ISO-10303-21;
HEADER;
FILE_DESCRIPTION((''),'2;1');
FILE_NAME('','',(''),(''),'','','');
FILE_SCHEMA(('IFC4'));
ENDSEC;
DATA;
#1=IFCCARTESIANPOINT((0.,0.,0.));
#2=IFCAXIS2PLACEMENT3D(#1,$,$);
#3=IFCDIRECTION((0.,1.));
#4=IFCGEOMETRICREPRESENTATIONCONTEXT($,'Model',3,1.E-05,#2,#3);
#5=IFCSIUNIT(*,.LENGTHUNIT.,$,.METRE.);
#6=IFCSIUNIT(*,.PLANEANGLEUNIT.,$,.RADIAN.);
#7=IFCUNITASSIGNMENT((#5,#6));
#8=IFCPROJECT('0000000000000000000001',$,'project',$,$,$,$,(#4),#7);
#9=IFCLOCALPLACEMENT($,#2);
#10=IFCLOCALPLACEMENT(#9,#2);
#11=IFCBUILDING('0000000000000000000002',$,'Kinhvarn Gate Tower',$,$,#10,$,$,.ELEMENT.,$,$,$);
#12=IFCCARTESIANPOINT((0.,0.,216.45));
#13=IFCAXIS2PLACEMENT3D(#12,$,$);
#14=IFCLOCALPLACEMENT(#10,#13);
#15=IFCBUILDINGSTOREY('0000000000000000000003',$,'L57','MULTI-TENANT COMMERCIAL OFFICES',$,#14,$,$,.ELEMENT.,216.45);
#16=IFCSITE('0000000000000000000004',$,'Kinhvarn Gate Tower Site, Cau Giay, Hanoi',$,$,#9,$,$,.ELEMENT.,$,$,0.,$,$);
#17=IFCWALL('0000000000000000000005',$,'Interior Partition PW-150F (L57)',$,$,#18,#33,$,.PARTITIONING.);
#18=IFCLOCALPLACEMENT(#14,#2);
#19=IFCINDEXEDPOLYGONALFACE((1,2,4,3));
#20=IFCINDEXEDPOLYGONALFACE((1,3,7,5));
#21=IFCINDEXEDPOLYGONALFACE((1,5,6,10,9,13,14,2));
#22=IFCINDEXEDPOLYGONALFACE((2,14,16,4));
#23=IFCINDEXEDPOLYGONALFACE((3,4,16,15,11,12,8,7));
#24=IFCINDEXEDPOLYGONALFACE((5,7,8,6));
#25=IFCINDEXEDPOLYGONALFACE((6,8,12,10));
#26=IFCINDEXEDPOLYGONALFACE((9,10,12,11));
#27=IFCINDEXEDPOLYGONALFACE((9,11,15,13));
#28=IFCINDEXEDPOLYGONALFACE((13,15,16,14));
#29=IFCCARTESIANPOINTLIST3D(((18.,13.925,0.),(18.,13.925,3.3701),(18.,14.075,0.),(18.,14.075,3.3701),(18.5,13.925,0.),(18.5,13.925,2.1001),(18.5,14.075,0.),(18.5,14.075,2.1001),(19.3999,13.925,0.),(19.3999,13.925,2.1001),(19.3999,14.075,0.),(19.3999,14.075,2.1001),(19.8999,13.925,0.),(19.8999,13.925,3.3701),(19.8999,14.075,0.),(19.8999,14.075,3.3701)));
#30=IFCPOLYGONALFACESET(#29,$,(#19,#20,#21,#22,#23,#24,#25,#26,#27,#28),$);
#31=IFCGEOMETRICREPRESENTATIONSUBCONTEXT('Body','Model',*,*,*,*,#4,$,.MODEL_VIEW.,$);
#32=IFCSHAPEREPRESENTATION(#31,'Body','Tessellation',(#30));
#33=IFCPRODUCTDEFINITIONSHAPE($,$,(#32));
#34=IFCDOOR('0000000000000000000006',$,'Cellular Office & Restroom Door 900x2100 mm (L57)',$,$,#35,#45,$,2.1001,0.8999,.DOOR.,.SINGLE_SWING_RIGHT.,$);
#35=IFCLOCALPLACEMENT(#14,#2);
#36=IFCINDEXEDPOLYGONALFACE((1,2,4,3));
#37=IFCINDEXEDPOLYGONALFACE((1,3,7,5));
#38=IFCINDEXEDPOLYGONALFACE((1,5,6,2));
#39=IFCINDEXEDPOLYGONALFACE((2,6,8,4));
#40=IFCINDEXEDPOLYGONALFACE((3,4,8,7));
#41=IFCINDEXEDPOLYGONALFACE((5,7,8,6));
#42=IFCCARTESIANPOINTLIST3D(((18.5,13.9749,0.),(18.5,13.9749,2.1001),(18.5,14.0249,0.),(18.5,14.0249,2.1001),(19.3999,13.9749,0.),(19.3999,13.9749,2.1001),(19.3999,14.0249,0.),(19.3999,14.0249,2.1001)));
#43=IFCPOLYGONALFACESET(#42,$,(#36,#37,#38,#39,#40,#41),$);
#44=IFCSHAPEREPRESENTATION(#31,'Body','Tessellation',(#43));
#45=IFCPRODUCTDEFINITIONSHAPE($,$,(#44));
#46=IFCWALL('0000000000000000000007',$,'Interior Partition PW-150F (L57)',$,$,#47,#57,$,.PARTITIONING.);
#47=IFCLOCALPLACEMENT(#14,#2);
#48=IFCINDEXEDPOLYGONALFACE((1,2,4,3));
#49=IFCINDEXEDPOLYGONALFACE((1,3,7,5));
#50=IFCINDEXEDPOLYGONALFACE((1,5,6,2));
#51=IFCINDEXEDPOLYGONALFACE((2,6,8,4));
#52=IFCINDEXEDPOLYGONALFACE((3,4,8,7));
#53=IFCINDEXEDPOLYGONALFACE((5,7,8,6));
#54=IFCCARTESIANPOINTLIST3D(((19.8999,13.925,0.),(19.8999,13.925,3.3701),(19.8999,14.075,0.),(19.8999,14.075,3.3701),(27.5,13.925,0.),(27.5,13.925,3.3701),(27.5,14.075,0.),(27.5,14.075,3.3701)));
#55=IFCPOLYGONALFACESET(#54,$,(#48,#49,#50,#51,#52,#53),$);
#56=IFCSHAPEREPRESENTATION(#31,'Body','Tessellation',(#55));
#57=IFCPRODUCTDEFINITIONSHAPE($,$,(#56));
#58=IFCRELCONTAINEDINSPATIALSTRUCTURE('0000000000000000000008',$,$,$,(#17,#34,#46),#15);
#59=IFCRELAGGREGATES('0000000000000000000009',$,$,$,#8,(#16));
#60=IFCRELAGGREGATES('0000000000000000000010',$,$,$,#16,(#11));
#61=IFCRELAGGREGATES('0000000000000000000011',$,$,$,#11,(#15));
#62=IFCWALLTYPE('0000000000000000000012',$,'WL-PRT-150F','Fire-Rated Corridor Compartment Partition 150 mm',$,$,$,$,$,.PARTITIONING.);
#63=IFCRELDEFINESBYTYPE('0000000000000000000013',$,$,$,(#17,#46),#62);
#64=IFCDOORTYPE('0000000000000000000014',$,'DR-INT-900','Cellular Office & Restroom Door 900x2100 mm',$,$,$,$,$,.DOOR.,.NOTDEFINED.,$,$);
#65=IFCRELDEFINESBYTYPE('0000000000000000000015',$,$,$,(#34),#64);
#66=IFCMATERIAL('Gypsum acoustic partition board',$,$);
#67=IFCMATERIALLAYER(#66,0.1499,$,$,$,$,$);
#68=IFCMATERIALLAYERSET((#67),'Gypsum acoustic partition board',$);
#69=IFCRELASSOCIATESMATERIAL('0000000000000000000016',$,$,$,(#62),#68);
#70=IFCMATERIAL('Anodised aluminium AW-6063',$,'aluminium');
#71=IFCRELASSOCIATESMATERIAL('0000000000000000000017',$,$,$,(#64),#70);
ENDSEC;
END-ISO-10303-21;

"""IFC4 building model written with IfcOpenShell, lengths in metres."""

from ifc_helpers import new_model, si_unit, direction, frame, frame_2d, origin, place, context, subcontext, project, spatial, rectangle, extrude, material, layer, layer_set, type_object, element, fill, save


model = new_model("IFC4")

# Units and contexts
model_context = context("Model", 3, precision=1e-05, world=origin(), true_north=direction((0.0, 1.0)))
body_context = subcontext(model_context, "Body", "Model", "MODEL_VIEW")
ifc_project = project(units=[si_unit("LENGTHUNIT", "METRE"), si_unit("PLANEANGLEUNIT", "RADIAN")], contexts=[model_context])

# Site, building, storey
site_placement = place(None, origin())
site = spatial("IfcSite", under=ifc_project, at=site_placement, Name="Kinhvarn Gate Tower Site, Cau Giay, Hanoi", CompositionType="ELEMENT", RefElevation=0.0)
building_placement = place(site_placement, origin())
building = spatial("IfcBuilding", under=site, at=building_placement, Name="Kinhvarn Gate Tower", CompositionType="ELEMENT")
storey_placement = place(building_placement, frame((0.0, 0.0, 216.45)))
storey = spatial("IfcBuildingStorey", under=building, at=storey_placement, Name="L57", Description="MULTI-TENANT COMMERCIAL OFFICES", CompositionType="ELEMENT", Elevation=216.45)

# Shared definitions
ifc_material_1 = material(Name="Anodised aluminium AW-6063", Category="aluminium")

# Wall, opening, door
ifc_material_2 = material(Name="Gypsum acoustic partition board")
ifc_layer_1 = layer(ifc_material_2, 0.1499)
ifc_layer_set_1 = layer_set([ifc_layer_1], Name="Gypsum acoustic partition board")
wall_type_1 = type_object("IfcWallType", Name="WL-PRT-150F", Description="Fire-Rated Corridor Compartment Partition 150 mm", PredefinedType="PARTITIONING", material=ifc_layer_set_1)
wall_1_placement = place(storey_placement, frame((18.0, 14.0, 0.0), z_axis=(0.0, 0.0, 1.0), x_axis=(1.0, 0.0, 0.0)))
wall_1 = element("IfcWall", 1, at=wall_1_placement, inside=storey, type_object=wall_type_1, Name="Interior Partition PW-150F (L57)", PredefinedType="PARTITIONING", context=body_context, shape_type="SweptSolid", body=[
    extrude(rectangle(XDim=1.8999, YDim=0.1499, at=frame_2d((0.95, 0.0))), origin(), (0.0, 0.0, 1.0), 3.3701),
])
opening_placement = place(wall_1_placement, frame((0.5, 0.0, 0.0)))
opening = element("IfcOpeningElement", 2, at=opening_placement, cuts=wall_1, PredefinedType="OPENING", context=body_context, shape_type="SweptSolid", body=[
    extrude(rectangle(XDim=0.8999, YDim=2.1001, at=frame_2d((0.45, 1.05))), frame((0.0, 0.085, 0.0), z_axis=(0.0, -1.0, 0.0), x_axis=(1.0, 0.0, 0.0)), (0.0, 0.0, 1.0), 0.1699),
])
door_type = type_object("IfcDoorType", Name="DR-INT-900", Description="Cellular Office & Restroom Door 900x2100 mm", OperationType="NOTDEFINED", PredefinedType="DOOR", material=ifc_material_1)
door_placement = place(opening_placement, origin())
door = element("IfcDoor", 3, at=door_placement, inside=storey, type_object=door_type, Name="Cellular Office & Restroom Door 900x2100 mm (L57)", OperationType="SINGLE_SWING_RIGHT", OverallHeight=2.1001, OverallWidth=0.8999, PredefinedType="DOOR", context=body_context, shape_type="SweptSolid", body=[
    extrude(rectangle(XDim=0.8999, YDim=2.1001, at=frame_2d((0.45, 1.05))), frame((0.0, 0.0249, 0.0), z_axis=(0.0, -1.0, 0.0), x_axis=(1.0, 0.0, 0.0)), (0.0, 0.0, 1.0), 0.05),
])
fill(opening, door)

# Wall
wall_2_placement = place(storey_placement, frame((19.8999, 14.0, 0.0), z_axis=(0.0, 0.0, 1.0), x_axis=(1.0, 0.0, 0.0)))
element("IfcWall", 4, at=wall_2_placement, inside=storey, type_object=wall_type_1, Name="Interior Partition PW-150F (L57)", PredefinedType="PARTITIONING", context=body_context, shape_type="SweptSolid", body=[
    extrude(rectangle(XDim=7.6001, YDim=0.1499, at=frame_2d((3.8, 0.0))), origin(), (0.0, 0.0, 1.0), 3.3701),
])

save(model, "model.ifc")
